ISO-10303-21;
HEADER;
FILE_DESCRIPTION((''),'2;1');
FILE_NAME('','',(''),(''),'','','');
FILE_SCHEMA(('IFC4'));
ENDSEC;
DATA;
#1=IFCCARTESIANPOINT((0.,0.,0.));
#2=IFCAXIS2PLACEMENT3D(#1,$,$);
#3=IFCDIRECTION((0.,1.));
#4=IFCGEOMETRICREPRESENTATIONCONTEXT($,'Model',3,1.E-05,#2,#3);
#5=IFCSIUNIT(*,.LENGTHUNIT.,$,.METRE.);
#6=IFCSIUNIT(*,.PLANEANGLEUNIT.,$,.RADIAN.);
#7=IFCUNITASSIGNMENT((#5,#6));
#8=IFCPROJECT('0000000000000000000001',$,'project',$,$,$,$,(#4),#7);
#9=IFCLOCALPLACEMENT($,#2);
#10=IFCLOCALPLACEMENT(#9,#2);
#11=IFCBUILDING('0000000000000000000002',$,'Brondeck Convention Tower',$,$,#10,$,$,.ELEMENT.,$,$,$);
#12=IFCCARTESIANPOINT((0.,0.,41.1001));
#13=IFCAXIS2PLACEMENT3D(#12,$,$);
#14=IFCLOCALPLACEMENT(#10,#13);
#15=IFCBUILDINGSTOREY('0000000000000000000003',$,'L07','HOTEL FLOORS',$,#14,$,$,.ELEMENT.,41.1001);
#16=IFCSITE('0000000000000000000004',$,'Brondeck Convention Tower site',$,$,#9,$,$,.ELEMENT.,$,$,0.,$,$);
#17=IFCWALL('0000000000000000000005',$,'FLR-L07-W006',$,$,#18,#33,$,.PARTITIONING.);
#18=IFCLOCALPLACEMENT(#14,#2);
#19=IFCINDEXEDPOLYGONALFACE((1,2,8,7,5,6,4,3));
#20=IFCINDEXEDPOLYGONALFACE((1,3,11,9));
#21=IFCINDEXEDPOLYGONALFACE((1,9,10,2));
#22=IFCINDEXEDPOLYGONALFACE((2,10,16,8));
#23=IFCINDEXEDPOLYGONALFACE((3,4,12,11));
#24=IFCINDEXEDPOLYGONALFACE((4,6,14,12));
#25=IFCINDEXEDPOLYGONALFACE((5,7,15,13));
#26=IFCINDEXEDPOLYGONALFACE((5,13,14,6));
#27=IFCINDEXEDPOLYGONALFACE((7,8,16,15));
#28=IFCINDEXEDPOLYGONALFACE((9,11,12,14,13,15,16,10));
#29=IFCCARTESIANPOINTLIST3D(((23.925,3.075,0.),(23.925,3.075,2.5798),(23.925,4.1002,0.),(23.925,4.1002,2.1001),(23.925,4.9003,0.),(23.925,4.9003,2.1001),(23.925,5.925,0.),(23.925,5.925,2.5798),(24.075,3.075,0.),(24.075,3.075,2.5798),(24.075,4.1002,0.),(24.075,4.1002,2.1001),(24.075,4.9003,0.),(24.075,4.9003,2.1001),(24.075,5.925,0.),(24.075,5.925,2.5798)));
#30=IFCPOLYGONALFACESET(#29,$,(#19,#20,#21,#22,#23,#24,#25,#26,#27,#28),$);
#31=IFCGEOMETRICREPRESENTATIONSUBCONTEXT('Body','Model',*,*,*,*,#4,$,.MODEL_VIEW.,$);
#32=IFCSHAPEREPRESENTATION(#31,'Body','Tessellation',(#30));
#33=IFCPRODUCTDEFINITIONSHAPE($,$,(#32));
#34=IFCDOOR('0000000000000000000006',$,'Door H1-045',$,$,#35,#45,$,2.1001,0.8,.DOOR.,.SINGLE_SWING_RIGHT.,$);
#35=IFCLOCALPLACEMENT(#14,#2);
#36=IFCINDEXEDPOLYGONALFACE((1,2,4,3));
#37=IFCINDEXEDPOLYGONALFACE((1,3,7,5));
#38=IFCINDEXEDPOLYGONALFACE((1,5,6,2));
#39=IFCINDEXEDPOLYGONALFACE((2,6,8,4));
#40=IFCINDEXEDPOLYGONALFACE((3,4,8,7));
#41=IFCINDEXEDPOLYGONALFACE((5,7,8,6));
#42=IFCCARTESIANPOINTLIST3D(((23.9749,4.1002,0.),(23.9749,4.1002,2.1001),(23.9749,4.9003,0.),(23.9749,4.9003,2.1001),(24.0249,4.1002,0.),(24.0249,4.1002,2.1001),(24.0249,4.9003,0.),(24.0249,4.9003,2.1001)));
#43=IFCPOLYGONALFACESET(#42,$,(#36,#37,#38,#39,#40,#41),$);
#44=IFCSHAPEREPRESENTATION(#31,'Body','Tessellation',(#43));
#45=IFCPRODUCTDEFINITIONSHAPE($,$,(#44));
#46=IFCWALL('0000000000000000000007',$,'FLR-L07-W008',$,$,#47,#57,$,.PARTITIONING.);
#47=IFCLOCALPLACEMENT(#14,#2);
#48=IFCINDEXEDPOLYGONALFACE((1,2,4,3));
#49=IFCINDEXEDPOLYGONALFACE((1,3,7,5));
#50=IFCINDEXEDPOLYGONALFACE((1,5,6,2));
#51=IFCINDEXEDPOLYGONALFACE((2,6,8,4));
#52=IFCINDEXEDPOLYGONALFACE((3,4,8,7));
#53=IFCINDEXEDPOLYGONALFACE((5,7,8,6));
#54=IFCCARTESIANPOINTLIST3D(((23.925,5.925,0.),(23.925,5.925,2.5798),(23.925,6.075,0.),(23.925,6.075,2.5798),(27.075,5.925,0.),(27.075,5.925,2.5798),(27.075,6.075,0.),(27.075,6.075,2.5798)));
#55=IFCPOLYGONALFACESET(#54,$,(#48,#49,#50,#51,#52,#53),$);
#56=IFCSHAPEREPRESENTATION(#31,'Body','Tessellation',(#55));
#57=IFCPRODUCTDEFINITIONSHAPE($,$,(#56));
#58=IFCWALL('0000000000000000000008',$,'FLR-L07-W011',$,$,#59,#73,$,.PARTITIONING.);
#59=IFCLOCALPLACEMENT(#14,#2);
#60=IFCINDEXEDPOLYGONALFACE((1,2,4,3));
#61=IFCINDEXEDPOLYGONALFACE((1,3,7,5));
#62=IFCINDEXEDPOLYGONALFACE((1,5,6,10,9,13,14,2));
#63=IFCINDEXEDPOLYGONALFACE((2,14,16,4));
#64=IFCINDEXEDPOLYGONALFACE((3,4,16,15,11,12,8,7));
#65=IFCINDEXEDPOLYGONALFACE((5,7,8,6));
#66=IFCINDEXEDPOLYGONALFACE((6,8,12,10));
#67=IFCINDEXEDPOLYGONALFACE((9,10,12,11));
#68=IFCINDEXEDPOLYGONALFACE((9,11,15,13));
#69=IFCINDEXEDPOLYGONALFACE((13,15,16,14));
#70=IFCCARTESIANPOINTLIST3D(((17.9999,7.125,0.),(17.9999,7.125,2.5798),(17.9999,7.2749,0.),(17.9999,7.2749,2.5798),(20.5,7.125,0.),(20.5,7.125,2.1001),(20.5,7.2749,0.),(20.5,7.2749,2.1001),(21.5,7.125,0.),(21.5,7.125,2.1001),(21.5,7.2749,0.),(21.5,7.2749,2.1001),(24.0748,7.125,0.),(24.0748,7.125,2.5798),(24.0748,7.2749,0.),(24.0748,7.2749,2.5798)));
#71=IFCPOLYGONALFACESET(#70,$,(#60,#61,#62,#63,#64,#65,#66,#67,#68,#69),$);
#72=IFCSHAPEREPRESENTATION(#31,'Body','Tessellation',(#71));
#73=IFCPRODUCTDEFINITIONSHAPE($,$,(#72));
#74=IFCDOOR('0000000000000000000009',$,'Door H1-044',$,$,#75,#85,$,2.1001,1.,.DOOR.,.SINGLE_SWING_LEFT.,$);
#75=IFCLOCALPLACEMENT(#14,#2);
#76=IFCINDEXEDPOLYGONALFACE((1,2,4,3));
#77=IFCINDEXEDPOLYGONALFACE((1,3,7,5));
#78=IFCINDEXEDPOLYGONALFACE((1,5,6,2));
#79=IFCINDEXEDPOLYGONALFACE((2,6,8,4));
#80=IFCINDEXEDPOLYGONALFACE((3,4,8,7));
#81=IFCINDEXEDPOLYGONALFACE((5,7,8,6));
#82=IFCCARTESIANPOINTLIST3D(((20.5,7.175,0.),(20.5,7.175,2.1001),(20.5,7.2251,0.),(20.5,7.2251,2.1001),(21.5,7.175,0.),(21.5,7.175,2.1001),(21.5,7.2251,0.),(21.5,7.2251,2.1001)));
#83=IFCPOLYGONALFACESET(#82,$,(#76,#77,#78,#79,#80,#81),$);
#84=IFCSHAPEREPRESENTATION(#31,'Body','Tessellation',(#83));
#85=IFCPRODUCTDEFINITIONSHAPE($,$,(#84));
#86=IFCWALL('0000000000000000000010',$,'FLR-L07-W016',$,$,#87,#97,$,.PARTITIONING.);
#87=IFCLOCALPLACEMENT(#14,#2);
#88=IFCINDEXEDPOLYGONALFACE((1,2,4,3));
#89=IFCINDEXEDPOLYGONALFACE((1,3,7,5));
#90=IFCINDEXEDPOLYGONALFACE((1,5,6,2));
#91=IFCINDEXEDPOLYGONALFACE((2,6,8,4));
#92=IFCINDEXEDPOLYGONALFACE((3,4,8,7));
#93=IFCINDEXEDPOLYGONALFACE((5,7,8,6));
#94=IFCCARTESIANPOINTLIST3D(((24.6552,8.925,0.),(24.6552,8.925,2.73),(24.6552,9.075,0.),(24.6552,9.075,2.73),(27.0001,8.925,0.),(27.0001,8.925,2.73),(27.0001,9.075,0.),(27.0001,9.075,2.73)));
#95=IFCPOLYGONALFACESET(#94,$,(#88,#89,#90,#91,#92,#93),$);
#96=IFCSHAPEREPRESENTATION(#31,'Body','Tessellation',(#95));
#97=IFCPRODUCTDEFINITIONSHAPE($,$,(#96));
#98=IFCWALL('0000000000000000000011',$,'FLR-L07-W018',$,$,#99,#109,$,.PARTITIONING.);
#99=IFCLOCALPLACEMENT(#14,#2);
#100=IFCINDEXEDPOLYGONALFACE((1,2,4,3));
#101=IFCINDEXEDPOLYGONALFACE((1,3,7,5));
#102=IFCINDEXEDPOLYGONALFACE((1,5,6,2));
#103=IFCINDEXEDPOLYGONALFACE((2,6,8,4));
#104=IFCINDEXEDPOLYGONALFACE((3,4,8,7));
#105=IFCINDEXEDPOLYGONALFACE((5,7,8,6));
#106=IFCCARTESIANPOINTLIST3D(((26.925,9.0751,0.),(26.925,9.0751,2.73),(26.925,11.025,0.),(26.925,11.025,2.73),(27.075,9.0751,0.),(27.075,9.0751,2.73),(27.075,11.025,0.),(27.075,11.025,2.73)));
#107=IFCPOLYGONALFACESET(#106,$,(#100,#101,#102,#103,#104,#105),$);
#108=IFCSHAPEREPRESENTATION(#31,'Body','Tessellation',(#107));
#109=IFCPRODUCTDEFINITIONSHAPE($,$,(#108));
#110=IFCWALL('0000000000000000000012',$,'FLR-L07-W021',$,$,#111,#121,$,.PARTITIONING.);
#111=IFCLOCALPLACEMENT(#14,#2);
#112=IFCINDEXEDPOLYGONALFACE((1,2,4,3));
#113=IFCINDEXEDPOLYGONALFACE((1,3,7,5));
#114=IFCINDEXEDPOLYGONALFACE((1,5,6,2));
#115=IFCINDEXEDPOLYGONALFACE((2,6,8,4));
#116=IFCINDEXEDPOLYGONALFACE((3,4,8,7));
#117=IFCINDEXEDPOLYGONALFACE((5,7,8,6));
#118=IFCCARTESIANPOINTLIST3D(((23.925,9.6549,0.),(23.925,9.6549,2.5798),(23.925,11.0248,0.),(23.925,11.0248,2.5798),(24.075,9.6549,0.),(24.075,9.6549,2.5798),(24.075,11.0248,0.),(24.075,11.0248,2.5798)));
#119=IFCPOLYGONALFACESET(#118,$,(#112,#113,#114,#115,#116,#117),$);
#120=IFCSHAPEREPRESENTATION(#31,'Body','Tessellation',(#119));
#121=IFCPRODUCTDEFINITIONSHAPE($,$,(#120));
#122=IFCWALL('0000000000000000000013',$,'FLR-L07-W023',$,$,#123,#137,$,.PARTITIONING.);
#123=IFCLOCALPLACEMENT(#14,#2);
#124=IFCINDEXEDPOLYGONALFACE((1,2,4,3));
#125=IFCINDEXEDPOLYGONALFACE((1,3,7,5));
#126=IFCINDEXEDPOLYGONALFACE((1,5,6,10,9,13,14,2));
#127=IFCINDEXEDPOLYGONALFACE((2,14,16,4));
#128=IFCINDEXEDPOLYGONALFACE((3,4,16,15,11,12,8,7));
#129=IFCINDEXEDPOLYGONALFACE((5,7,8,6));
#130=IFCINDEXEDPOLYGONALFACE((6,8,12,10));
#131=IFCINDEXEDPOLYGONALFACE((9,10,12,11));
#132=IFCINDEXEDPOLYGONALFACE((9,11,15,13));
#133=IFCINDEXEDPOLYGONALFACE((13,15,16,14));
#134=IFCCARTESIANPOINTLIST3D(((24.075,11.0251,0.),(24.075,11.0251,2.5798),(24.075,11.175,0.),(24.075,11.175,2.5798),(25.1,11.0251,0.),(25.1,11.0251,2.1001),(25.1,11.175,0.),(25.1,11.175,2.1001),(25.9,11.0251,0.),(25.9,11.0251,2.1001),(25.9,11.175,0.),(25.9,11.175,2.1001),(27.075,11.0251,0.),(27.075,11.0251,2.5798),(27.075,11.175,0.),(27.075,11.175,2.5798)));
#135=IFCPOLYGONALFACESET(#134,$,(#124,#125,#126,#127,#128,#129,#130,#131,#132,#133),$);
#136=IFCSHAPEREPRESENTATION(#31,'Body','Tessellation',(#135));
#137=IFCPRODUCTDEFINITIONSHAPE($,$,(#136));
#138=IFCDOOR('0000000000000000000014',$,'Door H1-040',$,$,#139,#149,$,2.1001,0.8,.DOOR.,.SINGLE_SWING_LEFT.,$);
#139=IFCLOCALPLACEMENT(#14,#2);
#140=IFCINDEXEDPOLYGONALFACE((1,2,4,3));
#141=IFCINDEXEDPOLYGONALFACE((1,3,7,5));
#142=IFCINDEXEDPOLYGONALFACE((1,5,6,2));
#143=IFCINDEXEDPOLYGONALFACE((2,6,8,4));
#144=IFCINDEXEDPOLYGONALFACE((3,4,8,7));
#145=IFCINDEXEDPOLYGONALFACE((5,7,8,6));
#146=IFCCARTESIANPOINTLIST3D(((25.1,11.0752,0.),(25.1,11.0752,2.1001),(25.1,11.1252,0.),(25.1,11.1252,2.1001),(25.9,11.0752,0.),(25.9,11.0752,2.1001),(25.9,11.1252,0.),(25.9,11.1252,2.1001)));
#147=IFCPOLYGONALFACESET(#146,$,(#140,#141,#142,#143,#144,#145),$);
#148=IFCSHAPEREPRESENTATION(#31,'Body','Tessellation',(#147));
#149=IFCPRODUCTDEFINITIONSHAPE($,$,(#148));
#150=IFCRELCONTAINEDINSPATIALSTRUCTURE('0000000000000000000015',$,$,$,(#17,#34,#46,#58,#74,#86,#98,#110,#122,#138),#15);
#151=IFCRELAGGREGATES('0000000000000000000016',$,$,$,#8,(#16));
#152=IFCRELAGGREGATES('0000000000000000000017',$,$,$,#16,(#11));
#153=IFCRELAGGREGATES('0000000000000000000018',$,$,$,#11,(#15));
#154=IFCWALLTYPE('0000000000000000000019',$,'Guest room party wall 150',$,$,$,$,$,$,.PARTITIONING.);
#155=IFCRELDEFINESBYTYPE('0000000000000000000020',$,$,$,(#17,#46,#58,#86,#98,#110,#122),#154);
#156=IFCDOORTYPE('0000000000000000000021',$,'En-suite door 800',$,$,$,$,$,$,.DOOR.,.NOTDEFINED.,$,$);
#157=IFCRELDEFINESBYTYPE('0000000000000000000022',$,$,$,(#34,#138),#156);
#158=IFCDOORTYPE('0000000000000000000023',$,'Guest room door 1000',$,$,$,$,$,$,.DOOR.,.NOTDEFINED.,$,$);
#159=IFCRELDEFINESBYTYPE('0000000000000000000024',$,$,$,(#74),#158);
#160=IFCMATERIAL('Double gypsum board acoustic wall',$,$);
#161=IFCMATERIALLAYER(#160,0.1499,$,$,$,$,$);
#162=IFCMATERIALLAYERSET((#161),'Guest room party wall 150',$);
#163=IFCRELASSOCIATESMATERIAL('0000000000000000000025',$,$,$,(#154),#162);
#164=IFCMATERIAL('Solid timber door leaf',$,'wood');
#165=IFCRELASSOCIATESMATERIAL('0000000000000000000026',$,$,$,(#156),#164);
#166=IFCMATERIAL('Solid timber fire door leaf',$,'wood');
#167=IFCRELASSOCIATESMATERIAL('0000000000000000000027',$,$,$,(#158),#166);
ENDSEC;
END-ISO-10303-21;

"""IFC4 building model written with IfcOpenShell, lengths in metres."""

from ifc_helpers import new_model, si_unit, direction, frame, frame_2d, origin, place, context, subcontext, project, spatial, rectangle, extrude, material, layer, layer_set, type_object, element, fill, save


model = new_model("IFC4")

# Units and contexts
model_context = context("Model", 3, precision=1e-05, world=origin(), true_north=direction((0.0, 1.0)))
body_context = subcontext(model_context, "Body", "Model", "MODEL_VIEW")
ifc_project = project(units=[si_unit("LENGTHUNIT", "METRE"), si_unit("PLANEANGLEUNIT", "RADIAN")], contexts=[model_context])

# Site, building, storey
site_placement = place(None, origin())
site = spatial("IfcSite", under=ifc_project, at=site_placement, Name="Brondeck Convention Tower site", CompositionType="ELEMENT", RefElevation=0.0)
building_placement = place(site_placement, origin())
building = spatial("IfcBuilding", under=site, at=building_placement, Name="Brondeck Convention Tower", CompositionType="ELEMENT")
storey_placement = place(building_placement, frame((0.0, 0.0, 41.1001)))
storey = spatial("IfcBuildingStorey", under=building, at=storey_placement, Name="L07", Description="HOTEL FLOORS", CompositionType="ELEMENT", Elevation=41.1001)

# Shared definitions
ifc_material_1 = material(Name="Double gypsum board acoustic wall")
ifc_layer = layer(ifc_material_1, 0.1499)
ifc_layer_set = layer_set([ifc_layer], Name="Guest room party wall 150")
wall_type = type_object("IfcWallType", Name="Guest room party wall 150", PredefinedType="PARTITIONING", material=ifc_layer_set)

# Wall, opening, door
wall_1_placement = place(storey_placement, frame((24.0, 5.925, 0.0), z_axis=(0.0, 0.0, 1.0), x_axis=(0.0, -1.0, 0.0)))
wall_1 = element("IfcWall", 1, at=wall_1_placement, inside=storey, type_object=wall_type, Name="FLR-L07-W006", PredefinedType="PARTITIONING", context=body_context, shape_type="SweptSolid", body=[
    extrude(rectangle(XDim=2.8501, YDim=0.1499, at=frame_2d((1.425, 0.0))), origin(), (0.0, 0.0, 1.0), 2.5798),
])
opening_1_placement = place(wall_1_placement, frame((1.0249, 0.0, 0.0)))
opening_1 = element("IfcOpeningElement", 2, at=opening_1_placement, cuts=wall_1, PredefinedType="OPENING", context=body_context, shape_type="SweptSolid", body=[
    extrude(rectangle(XDim=0.8, YDim=2.1001, at=frame_2d((0.3999, 1.05))), frame((0.0, 0.085, 0.0), z_axis=(0.0, -1.0, 0.0), x_axis=(1.0, 0.0, 0.0)), (0.0, 0.0, 1.0), 0.1699),
])
ifc_material_2 = material(Name="Solid timber door leaf", Category="wood")
door_type_1 = type_object("IfcDoorType", Name="En-suite door 800", OperationType="NOTDEFINED", PredefinedType="DOOR", material=ifc_material_2)
door_1_placement = place(opening_1_placement, origin())
door_1 = element("IfcDoor", 3, at=door_1_placement, inside=storey, type_object=door_type_1, Name="Door H1-045", OperationType="SINGLE_SWING_RIGHT", OverallHeight=2.1001, OverallWidth=0.8, PredefinedType="DOOR", context=body_context, shape_type="SweptSolid", body=[
    extrude(rectangle(XDim=0.8, YDim=2.1001, at=frame_2d((0.3999, 1.05))), frame((0.0, 0.0249, 0.0), z_axis=(0.0, -1.0, 0.0), x_axis=(1.0, 0.0, 0.0)), (0.0, 0.0, 1.0), 0.05),
])
fill(opening_1, door_1)

# Wall
wall_2_placement = place(storey_placement, frame((27.075, 6.0, 0.0), z_axis=(0.0, 0.0, 1.0), x_axis=(-1.0, 0.0, 0.0)))
element("IfcWall", 4, at=wall_2_placement, inside=storey, type_object=wall_type, Name="FLR-L07-W008", PredefinedType="PARTITIONING", context=body_context, shape_type="SweptSolid", body=[
    extrude(rectangle(XDim=3.1499, YDim=0.1499, at=frame_2d((1.575, 0.0))), origin(), (0.0, 0.0, 1.0), 2.5798),
])

# Wall, opening, door
wall_3_placement = place(storey_placement, frame((24.075, 7.2, 0.0), z_axis=(0.0, 0.0, 1.0), x_axis=(-1.0, 0.0, 0.0)))
wall_3 = element("IfcWall", 5, at=wall_3_placement, inside=storey, type_object=wall_type, Name="FLR-L07-W011", PredefinedType="PARTITIONING", context=body_context, shape_type="SweptSolid", body=[
    extrude(rectangle(XDim=6.075, YDim=0.1499, at=frame_2d((3.0376, 0.0))), origin(), (0.0, 0.0, 1.0), 2.5798),
])
opening_2_placement = place(wall_3_placement, frame((2.575, 0.0, 0.0)))
opening_2 = element("IfcOpeningElement", 6, at=opening_2_placement, cuts=wall_3, PredefinedType="OPENING", context=body_context, shape_type="SweptSolid", body=[
    extrude(rectangle(XDim=1.0, YDim=2.1001, at=frame_2d((0.5, 1.05))), frame((0.0, 0.085, 0.0), z_axis=(0.0, -1.0, 0.0), x_axis=(1.0, 0.0, 0.0)), (0.0, 0.0, 1.0), 0.1699),
])
ifc_material_3 = material(Name="Solid timber fire door leaf", Category="wood")
door_type_2 = type_object("IfcDoorType", Name="Guest room door 1000", OperationType="NOTDEFINED", PredefinedType="DOOR", material=ifc_material_3)
door_2_placement = place(opening_2_placement, origin())
door_2 = element("IfcDoor", 7, at=door_2_placement, inside=storey, type_object=door_type_2, Name="Door H1-044", OperationType="SINGLE_SWING_LEFT", OverallHeight=2.1001, OverallWidth=1.0, PredefinedType="DOOR", context=body_context, shape_type="SweptSolid", body=[
    extrude(rectangle(XDim=1.0, YDim=2.1001, at=frame_2d((0.5, 1.05))), frame((0.0, 0.0249, 0.0), z_axis=(0.0, -1.0, 0.0), x_axis=(1.0, 0.0, 0.0)), (0.0, 0.0, 1.0), 0.05),
])
fill(opening_2, door_2)

# Walls
wall_4_placement = place(storey_placement, frame((27.0, 9.0, 0.0), z_axis=(0.0, 0.0, 1.0), x_axis=(-1.0, 0.0, 0.0)))
element("IfcWall", 8, at=wall_4_placement, inside=storey, type_object=wall_type, Name="FLR-L07-W016", PredefinedType="PARTITIONING", context=body_context, shape_type="SweptSolid", body=[
    extrude(rectangle(XDim=2.345, YDim=0.1499, at=frame_2d((1.1724, 0.0))), origin(), (0.0, 0.0, 1.0), 2.73),
])
wall_5_placement = place(storey_placement, frame((27.0, 9.075, 0.0), z_axis=(0.0, 0.0, 1.0), x_axis=(0.0, 1.0, 0.0)))
element("IfcWall", 9, at=wall_5_placement, inside=storey, type_object=wall_type, Name="FLR-L07-W018", PredefinedType="PARTITIONING", context=body_context, shape_type="SweptSolid", body=[
    extrude(rectangle(XDim=1.95, YDim=0.1499, at=frame_2d((0.9751, 0.0))), origin(), (0.0, 0.0, 1.0), 2.73),
])
wall_6_placement = place(storey_placement, frame((24.0, 11.0249, 0.0), z_axis=(0.0, 0.0, 1.0), x_axis=(0.0, -1.0, 0.0)))
element("IfcWall", 10, at=wall_6_placement, inside=storey, type_object=wall_type, Name="FLR-L07-W021", PredefinedType="PARTITIONING", context=body_context, shape_type="SweptSolid", body=[
    extrude(rectangle(XDim=1.3699, YDim=0.1499, at=frame_2d((0.6851, 0.0))), origin(), (0.0, 0.0, 1.0), 2.5798),
])

# Wall, opening, door
wall_7_placement = place(storey_placement, frame((27.075, 11.1001, 0.0), z_axis=(0.0, 0.0, 1.0), x_axis=(-1.0, 0.0, 0.0)))
wall_7 = element("IfcWall", 11, at=wall_7_placement, inside=storey, type_object=wall_type, Name="FLR-L07-W023", PredefinedType="PARTITIONING", context=body_context, shape_type="SweptSolid", body=[
    extrude(rectangle(XDim=3.0, YDim=0.1499, at=frame_2d((1.5, 0.0))), origin(), (0.0, 0.0, 1.0), 2.5798),
])
opening_3_placement = place(wall_7_placement, frame((1.175, 0.0, 0.0)))
opening_3 = element("IfcOpeningElement", 12, at=opening_3_placement, cuts=wall_7, PredefinedType="OPENING", context=body_context, shape_type="SweptSolid", body=[
    extrude(rectangle(XDim=0.8, YDim=2.1001, at=frame_2d((0.3999, 1.05))), frame((0.0, 0.085, 0.0), z_axis=(0.0, -1.0, 0.0), x_axis=(1.0, 0.0, 0.0)), (0.0, 0.0, 1.0), 0.1699),
])
door_3_placement = place(opening_3_placement, origin())
door_3 = element("IfcDoor", 13, at=door_3_placement, inside=storey, type_object=door_type_1, Name="Door H1-040", OperationType="SINGLE_SWING_LEFT", OverallHeight=2.1001, OverallWidth=0.8, PredefinedType="DOOR", context=body_context, shape_type="SweptSolid", body=[
    extrude(rectangle(XDim=0.8, YDim=2.1001, at=frame_2d((0.3999, 1.05))), frame((0.0, 0.0249, 0.0), z_axis=(0.0, -1.0, 0.0), x_axis=(1.0, 0.0, 0.0)), (0.0, 0.0, 1.0), 0.05),
])
fill(opening_3, door_3)

save(model, "model.ifc")
